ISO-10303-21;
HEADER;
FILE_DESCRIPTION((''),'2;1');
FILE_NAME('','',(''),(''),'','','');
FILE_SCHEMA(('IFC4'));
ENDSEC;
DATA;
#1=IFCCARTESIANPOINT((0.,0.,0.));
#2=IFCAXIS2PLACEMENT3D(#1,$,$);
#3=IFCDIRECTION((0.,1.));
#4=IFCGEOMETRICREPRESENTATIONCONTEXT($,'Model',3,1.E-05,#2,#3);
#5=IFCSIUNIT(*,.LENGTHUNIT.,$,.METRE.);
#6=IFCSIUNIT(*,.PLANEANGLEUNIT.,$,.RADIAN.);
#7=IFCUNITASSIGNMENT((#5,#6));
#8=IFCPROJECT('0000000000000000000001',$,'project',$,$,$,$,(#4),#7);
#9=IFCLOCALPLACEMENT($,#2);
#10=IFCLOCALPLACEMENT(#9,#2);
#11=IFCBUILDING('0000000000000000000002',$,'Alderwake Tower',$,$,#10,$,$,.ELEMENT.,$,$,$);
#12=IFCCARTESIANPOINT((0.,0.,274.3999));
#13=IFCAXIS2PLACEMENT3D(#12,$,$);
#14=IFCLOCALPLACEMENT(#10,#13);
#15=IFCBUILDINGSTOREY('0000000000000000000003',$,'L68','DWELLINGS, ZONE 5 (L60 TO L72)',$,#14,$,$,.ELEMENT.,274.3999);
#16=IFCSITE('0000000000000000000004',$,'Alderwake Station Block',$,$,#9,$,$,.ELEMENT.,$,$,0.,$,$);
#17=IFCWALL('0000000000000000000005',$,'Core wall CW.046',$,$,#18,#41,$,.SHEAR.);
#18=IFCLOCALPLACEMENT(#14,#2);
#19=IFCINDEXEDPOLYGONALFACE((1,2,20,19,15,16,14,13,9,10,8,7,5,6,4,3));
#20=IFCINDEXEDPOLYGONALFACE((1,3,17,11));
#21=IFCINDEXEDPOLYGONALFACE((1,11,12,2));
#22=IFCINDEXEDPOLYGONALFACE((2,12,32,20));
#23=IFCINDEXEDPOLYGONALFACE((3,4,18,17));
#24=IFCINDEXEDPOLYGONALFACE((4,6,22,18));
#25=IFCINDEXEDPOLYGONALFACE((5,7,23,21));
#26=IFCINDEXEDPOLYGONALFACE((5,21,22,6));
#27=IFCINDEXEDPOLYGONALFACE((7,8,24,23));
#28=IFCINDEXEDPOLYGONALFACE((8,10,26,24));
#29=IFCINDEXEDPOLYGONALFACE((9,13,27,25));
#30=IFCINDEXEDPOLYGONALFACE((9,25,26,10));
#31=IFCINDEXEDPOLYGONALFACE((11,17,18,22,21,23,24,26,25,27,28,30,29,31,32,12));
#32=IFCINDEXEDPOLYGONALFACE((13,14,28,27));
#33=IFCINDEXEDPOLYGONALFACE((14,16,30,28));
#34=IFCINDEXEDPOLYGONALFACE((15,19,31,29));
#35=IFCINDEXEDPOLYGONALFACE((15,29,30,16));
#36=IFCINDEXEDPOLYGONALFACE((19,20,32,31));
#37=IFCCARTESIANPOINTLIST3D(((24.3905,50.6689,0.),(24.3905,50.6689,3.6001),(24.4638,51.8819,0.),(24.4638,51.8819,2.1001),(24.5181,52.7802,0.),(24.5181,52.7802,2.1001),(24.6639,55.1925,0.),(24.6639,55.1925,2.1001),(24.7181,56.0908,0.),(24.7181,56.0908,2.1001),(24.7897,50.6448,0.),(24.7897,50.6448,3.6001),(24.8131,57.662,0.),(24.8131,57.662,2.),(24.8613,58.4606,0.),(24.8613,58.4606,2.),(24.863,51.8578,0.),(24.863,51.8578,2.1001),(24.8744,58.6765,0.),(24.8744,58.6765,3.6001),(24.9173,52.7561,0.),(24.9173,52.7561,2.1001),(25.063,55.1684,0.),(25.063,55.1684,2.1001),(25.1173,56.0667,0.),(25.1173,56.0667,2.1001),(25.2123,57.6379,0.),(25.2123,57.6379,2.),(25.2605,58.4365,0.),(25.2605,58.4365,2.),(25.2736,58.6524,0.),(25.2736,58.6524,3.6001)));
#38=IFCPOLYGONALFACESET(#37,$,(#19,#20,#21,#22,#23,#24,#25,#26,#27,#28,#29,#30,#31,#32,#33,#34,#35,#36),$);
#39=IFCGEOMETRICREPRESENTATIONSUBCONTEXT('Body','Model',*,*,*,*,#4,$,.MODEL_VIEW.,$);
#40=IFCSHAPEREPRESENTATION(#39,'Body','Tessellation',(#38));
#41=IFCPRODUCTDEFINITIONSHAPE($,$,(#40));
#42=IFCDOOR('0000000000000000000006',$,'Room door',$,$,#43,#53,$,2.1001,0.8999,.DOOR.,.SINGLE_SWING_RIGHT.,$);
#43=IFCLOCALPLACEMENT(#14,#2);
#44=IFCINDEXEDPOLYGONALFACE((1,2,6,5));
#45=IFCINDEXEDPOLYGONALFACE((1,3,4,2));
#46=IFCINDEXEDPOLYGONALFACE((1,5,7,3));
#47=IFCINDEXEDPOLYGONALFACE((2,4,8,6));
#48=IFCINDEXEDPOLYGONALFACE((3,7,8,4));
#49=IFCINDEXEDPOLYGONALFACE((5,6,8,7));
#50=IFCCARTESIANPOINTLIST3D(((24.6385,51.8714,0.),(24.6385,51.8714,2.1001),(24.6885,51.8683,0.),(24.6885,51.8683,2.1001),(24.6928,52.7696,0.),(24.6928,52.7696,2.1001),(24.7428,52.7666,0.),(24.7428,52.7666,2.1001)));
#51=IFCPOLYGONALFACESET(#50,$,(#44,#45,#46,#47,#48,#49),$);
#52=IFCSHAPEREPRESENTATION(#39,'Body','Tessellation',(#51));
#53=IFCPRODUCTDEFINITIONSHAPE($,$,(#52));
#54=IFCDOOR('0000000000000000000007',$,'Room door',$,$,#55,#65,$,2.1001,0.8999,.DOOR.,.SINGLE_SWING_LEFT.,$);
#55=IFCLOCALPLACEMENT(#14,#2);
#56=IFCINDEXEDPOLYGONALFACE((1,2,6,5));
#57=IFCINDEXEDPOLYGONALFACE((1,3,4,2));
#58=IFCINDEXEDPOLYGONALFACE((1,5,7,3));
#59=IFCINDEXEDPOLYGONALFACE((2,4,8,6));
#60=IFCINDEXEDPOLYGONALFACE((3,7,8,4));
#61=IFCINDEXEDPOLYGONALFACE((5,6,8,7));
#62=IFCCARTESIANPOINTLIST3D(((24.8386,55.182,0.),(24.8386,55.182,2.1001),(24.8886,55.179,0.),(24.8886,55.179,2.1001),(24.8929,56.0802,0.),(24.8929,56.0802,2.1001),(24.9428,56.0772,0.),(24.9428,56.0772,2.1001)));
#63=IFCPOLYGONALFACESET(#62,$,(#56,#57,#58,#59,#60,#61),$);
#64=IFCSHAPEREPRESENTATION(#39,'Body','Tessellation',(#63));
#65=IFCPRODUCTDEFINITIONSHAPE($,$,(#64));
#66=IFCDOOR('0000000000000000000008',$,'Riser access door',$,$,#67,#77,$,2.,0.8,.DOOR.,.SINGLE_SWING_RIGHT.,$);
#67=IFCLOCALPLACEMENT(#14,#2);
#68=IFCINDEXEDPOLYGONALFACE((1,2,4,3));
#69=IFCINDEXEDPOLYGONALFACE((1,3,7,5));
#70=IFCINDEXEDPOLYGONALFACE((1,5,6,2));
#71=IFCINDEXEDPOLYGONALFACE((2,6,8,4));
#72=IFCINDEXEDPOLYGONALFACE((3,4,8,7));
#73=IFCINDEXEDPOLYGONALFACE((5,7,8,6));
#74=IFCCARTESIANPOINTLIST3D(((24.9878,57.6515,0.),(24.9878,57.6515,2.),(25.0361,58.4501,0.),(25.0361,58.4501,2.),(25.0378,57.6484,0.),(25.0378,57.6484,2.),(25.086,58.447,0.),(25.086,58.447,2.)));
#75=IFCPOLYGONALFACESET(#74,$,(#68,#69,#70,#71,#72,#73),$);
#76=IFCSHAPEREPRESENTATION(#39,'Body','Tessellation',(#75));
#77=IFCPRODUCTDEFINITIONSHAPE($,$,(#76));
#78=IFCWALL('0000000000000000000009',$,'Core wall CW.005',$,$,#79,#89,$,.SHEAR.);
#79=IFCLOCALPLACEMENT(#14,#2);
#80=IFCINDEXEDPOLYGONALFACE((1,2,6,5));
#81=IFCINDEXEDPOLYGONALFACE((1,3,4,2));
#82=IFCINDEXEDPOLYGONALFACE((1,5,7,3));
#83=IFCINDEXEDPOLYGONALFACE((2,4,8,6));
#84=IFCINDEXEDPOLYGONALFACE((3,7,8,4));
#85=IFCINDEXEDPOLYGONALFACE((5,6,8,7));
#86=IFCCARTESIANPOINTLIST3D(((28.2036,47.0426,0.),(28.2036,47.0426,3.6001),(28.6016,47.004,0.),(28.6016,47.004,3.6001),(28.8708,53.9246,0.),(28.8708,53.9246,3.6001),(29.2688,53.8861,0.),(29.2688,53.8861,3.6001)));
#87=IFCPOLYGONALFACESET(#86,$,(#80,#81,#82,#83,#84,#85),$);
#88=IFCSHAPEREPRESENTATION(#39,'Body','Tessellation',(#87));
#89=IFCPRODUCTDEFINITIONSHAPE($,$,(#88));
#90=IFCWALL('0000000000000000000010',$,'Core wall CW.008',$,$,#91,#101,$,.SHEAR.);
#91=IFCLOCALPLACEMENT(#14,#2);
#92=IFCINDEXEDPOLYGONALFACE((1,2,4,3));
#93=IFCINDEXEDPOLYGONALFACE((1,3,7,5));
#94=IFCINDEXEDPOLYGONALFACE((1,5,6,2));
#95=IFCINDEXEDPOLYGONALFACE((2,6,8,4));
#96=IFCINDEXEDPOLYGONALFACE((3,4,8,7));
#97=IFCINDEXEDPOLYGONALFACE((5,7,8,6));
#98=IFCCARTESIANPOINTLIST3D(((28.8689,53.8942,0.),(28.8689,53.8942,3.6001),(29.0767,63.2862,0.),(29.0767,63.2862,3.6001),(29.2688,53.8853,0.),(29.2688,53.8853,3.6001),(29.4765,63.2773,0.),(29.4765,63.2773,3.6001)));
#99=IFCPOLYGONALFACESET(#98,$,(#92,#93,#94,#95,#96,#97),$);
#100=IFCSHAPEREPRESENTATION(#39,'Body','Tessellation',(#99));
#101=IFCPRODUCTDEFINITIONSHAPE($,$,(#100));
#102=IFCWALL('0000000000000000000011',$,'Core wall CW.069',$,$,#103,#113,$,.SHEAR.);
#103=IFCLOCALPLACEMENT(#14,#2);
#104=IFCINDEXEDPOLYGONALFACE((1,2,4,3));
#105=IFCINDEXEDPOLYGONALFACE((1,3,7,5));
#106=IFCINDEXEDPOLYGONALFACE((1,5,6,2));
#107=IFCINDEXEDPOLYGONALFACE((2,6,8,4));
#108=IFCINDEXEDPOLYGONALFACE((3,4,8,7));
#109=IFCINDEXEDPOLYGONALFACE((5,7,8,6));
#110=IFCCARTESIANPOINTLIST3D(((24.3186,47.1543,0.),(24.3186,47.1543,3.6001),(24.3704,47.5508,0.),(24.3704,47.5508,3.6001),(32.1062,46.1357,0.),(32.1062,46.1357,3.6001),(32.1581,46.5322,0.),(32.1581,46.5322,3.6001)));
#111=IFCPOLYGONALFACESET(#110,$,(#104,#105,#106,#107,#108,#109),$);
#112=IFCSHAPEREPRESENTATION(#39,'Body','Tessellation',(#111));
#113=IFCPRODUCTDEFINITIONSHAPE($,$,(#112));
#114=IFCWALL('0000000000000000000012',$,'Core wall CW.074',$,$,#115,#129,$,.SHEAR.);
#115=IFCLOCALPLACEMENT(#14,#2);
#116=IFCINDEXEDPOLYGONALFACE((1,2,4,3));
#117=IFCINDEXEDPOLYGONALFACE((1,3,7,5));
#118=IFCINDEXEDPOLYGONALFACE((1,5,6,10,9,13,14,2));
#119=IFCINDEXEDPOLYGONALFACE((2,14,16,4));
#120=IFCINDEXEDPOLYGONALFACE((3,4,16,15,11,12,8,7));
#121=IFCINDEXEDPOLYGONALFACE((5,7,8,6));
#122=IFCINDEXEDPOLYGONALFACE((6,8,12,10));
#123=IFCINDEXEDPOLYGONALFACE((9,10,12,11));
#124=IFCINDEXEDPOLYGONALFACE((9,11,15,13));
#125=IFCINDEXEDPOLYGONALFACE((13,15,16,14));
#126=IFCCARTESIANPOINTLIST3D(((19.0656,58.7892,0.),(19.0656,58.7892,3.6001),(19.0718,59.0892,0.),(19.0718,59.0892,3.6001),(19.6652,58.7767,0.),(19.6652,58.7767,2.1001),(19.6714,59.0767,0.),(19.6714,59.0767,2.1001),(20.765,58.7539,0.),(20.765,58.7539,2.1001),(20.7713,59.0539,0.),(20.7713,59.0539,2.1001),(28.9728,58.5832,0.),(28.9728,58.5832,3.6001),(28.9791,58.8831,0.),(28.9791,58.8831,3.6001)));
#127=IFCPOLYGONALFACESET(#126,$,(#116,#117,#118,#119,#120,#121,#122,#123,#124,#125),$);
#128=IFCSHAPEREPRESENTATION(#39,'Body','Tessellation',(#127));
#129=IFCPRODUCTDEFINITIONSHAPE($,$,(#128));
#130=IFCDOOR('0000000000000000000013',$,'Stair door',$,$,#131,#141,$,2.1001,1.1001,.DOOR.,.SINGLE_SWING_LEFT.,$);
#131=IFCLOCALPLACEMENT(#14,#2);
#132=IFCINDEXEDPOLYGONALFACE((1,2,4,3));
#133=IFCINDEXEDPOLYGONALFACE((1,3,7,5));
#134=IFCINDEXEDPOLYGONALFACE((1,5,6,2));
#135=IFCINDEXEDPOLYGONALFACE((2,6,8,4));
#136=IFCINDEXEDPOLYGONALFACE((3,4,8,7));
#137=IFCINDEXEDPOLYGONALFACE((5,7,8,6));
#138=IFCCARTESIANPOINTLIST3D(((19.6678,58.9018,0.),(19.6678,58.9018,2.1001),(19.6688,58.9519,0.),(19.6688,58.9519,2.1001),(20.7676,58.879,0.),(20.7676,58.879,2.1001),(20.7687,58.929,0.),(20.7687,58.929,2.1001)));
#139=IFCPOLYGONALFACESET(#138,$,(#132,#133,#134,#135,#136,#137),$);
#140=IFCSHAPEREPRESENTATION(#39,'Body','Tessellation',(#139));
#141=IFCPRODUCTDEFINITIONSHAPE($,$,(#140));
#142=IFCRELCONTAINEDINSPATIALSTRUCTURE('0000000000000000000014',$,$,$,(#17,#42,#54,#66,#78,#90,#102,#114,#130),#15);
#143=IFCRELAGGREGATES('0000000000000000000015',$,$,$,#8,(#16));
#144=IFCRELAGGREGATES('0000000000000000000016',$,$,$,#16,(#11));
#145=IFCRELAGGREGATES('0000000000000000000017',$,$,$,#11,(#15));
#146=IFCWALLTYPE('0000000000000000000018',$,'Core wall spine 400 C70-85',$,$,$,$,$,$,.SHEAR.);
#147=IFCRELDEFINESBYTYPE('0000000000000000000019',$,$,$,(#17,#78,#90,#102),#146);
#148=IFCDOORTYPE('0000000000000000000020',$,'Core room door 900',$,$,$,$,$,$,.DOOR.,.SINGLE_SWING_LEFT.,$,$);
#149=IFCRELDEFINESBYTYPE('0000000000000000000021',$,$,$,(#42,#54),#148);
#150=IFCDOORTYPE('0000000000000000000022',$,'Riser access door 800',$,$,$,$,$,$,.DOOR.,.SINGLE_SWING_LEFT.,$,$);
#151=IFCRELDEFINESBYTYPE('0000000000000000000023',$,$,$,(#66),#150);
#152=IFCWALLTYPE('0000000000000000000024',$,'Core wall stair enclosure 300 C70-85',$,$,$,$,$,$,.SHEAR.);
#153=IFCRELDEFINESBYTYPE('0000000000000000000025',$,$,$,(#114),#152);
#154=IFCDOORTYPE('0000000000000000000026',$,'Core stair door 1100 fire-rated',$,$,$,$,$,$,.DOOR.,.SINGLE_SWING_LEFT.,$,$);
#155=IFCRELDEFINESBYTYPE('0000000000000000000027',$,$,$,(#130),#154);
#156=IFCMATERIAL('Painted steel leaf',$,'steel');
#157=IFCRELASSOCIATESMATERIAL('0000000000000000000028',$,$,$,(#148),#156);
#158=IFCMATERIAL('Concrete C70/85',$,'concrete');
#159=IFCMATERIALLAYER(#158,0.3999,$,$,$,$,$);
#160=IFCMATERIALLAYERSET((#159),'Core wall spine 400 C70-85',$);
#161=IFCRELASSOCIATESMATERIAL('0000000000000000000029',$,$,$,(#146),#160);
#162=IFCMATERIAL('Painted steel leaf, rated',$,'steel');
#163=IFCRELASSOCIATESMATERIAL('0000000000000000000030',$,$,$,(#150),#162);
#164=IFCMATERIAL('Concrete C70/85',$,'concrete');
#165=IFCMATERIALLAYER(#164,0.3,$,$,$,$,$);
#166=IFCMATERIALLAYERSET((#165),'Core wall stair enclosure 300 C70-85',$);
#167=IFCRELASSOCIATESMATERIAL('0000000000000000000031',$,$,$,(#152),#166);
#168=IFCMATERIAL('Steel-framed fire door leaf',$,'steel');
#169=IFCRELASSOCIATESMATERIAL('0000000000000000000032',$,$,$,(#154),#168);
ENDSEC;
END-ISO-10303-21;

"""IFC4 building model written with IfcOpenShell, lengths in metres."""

from ifc_helpers import new_model, si_unit, direction, frame, frame_2d, origin, place, context, subcontext, project, spatial, rectangle, extrude, material, layer, layer_set, type_object, element, fill, save


model = new_model("IFC4")

# Units and contexts
model_context = context("Model", 3, precision=1e-05, world=origin(), true_north=direction((0.0, 1.0)))
body_context = subcontext(model_context, "Body", "Model", "MODEL_VIEW")
ifc_project = project(units=[si_unit("LENGTHUNIT", "METRE"), si_unit("PLANEANGLEUNIT", "RADIAN")], contexts=[model_context])

# Site, building, storey
site_placement = place(None, origin())
site = spatial("IfcSite", under=ifc_project, at=site_placement, Name="Alderwake Station Block", CompositionType="ELEMENT", RefElevation=0.0)
building_placement = place(site_placement, origin())
building = spatial("IfcBuilding", under=site, at=building_placement, Name="Alderwake Tower", CompositionType="ELEMENT")
storey_placement = place(building_placement, frame((0.0, 0.0, 274.3999)))
storey = spatial("IfcBuildingStorey", under=building, at=storey_placement, Name="L68", Description="DWELLINGS, ZONE 5 (L60 TO L72)", CompositionType="ELEMENT", Elevation=274.3999)

# Shared definitions
ifc_material_1 = material(Name="Painted steel leaf", Category="steel")
door_type_1 = type_object("IfcDoorType", Name="Core room door 900", OperationType="SINGLE_SWING_LEFT", PredefinedType="DOOR", material=ifc_material_1)

# Shared definitions
ifc_material_2 = material(Name="Concrete C70/85", Category="concrete")
ifc_layer_1 = layer(ifc_material_2, 0.3999)
ifc_layer_set_1 = layer_set([ifc_layer_1], Name="Core wall spine 400 C70-85")
wall_type_1 = type_object("IfcWallType", Name="Core wall spine 400 C70-85", PredefinedType="SHEAR", material=ifc_layer_set_1)
ifc_material_3 = material(Name="Painted steel leaf, rated", Category="steel")
door_type_2 = type_object("IfcDoorType", Name="Riser access door 800", OperationType="SINGLE_SWING_LEFT", PredefinedType="DOOR", material=ifc_material_3)

# Wall, openings, doors
wall_1_placement = place(storey_placement, frame((24.5901, 50.6567, 0.0), z_axis=(0.0, 0.0, 1.0), x_axis=(0.060319, 0.998179, 0.0)))
wall_1 = element("IfcWall", 1, at=wall_1_placement, inside=storey, type_object=wall_type_1, Name="Core wall CW.046", PredefinedType="SHEAR", context=body_context, shape_type="SweptSolid", body=[
    extrude(rectangle(XDim=8.0222, YDim=0.3999, at=frame_2d((4.0112, 0.0))), origin(), (0.0, 0.0, 1.0), 3.6001),
])
opening_1_placement = place(wall_1_placement, frame((7.0061, 0.0, 0.0)))
opening_1 = element("IfcOpeningElement", 2, at=opening_1_placement, cuts=wall_1, PredefinedType="OPENING", context=body_context, shape_type="SweptSolid", body=[
    extrude(rectangle(XDim=0.8, YDim=2.0, at=frame_2d((0.3999, 1.0))), frame((0.0, 0.21, 0.0), z_axis=(0.0, -1.0, 0.0), x_axis=(1.0, 0.0, 0.0)), (0.0, 0.0, 1.0), 0.4199),
])
opening_2_placement = place(wall_1_placement, frame((1.2153, 0.0, 0.0)))
opening_2 = element("IfcOpeningElement", 3, at=opening_2_placement, cuts=wall_1, PredefinedType="OPENING", context=body_context, shape_type="SweptSolid", body=[
    extrude(rectangle(XDim=0.8999, YDim=2.1001, at=frame_2d((0.45, 1.05))), frame((0.0, 0.21, 0.0), z_axis=(0.0, -1.0, 0.0), x_axis=(1.0, 0.0, 0.0)), (0.0, 0.0, 1.0), 0.4199),
])
opening_3_placement = place(wall_1_placement, frame((4.532, 0.0, 0.0)))
opening_3 = element("IfcOpeningElement", 4, at=opening_3_placement, cuts=wall_1, PredefinedType="OPENING", context=body_context, shape_type="SweptSolid", body=[
    extrude(rectangle(XDim=0.8999, YDim=2.1001, at=frame_2d((0.45, 1.05))), frame((0.0, 0.21, 0.0), z_axis=(0.0, -1.0, 0.0), x_axis=(1.0, 0.0, 0.0)), (0.0, 0.0, 1.0), 0.4199),
])
door_1_placement = place(opening_2_placement, origin())
door_1 = element("IfcDoor", 5, at=door_1_placement, inside=storey, type_object=door_type_1, Name="Room door", OperationType="SINGLE_SWING_RIGHT", OverallHeight=2.1001, OverallWidth=0.8999, PredefinedType="DOOR", context=body_context, shape_type="SweptSolid", body=[
    extrude(rectangle(XDim=0.8999, YDim=2.1001, at=frame_2d((0.45, 1.05))), frame((0.0, 0.0249, 0.0), z_axis=(0.0, -1.0, 0.0), x_axis=(1.0, 0.0, 0.0)), (0.0, 0.0, 1.0), 0.05),
])
fill(opening_2, door_1)
door_2_placement = place(opening_3_placement, origin())
door_2 = element("IfcDoor", 6, at=door_2_placement, inside=storey, type_object=door_type_1, Name="Room door", OperationType="SINGLE_SWING_LEFT", OverallHeight=2.1001, OverallWidth=0.8999, PredefinedType="DOOR", context=body_context, shape_type="SweptSolid", body=[
    extrude(rectangle(XDim=0.8999, YDim=2.1001, at=frame_2d((0.45, 1.05))), frame((0.0, 0.0249, 0.0), z_axis=(0.0, -1.0, 0.0), x_axis=(1.0, 0.0, 0.0)), (0.0, 0.0, 1.0), 0.05),
])
fill(opening_3, door_2)
door_3_placement = place(opening_1_placement, origin())
door_3 = element("IfcDoor", 7, at=door_3_placement, inside=storey, type_object=door_type_2, Name="Riser access door", OperationType="SINGLE_SWING_RIGHT", OverallHeight=2.0, OverallWidth=0.8, PredefinedType="DOOR", context=body_context, shape_type="SweptSolid", body=[
    extrude(rectangle(XDim=0.8, YDim=2.0, at=frame_2d((0.3999, 1.0))), frame((0.0, 0.0249, 0.0), z_axis=(0.0, -1.0, 0.0), x_axis=(1.0, 0.0, 0.0)), (0.0, 0.0, 1.0), 0.05),
])
fill(opening_1, door_3)

# Walls
wall_2_placement = place(storey_placement, frame((28.4026, 47.0234, 0.0), z_axis=(0.0, 0.0, 1.0), x_axis=(0.0965, 0.995333, 0.0)))
element("IfcWall", 8, at=wall_2_placement, inside=storey, type_object=wall_type_1, Name="Core wall CW.005", PredefinedType="SHEAR", context=body_context, shape_type="SweptSolid", body=[
    extrude(rectangle(XDim=6.9143, YDim=0.3999, at=frame_2d((3.457, 0.0))), origin(), (0.0, 0.0, 1.0), 3.6001),
])
wall_3_placement = place(storey_placement, frame((29.0688, 53.8896, 0.0), z_axis=(0.0, 0.0, 1.0), x_axis=(0.022116, 0.999755, 0.0)))
element("IfcWall", 9, at=wall_3_placement, inside=storey, type_object=wall_type_1, Name="Core wall CW.008", PredefinedType="SHEAR", context=body_context, shape_type="SweptSolid", body=[
    extrude(rectangle(XDim=9.3943, YDim=0.3999, at=frame_2d((4.6973, 0.0))), origin(), (0.0, 0.0, 1.0), 3.6001),
])
wall_4_placement = place(storey_placement, frame((24.3445, 47.3525, 0.0), z_axis=(0.0, 0.0, 1.0), x_axis=(0.991555, -0.129687, 0.0)))
element("IfcWall", 10, at=wall_4_placement, inside=storey, type_object=wall_type_1, Name="Core wall CW.069", PredefinedType="SHEAR", context=body_context, shape_type="SweptSolid", body=[
    extrude(rectangle(XDim=7.854, YDim=0.3999, at=frame_2d((3.927, 0.0))), origin(), (0.0, 0.0, 1.0), 3.6001),
])

# Wall, opening, door
ifc_material_4 = material(Name="Concrete C70/85", Category="concrete")
ifc_layer_2 = layer(ifc_material_4, 0.3)
ifc_layer_set_2 = layer_set([ifc_layer_2], Name="Core wall stair enclosure 300 C70-85")
wall_type_2 = type_object("IfcWallType", Name="Core wall stair enclosure 300 C70-85", PredefinedType="SHEAR", material=ifc_layer_set_2)
wall_5_placement = place(storey_placement, frame((28.9758, 58.7332, 0.0), z_axis=(0.0, 0.0, 1.0), x_axis=(-0.999784, 0.020794, 0.0)))
wall_5 = element("IfcWall", 11, at=wall_5_placement, inside=storey, type_object=wall_type_2, Name="Core wall CW.074", PredefinedType="SHEAR", context=body_context, shape_type="SweptSolid", body=[
    extrude(rectangle(XDim=9.9094, YDim=0.3, at=frame_2d((4.9546, 0.0))), origin(), (0.0, 0.0, 1.0), 3.6001),
])
opening_4_placement = place(wall_5_placement, frame((8.2095, 0.0, 0.0)))
opening_4 = element("IfcOpeningElement", 12, at=opening_4_placement, cuts=wall_5, PredefinedType="OPENING", context=body_context, shape_type="SweptSolid", body=[
    extrude(rectangle(XDim=1.1001, YDim=2.1001, at=frame_2d((0.55, 1.05))), frame((0.0, 0.1599, 0.0), z_axis=(0.0, -1.0, 0.0), x_axis=(1.0, 0.0, 0.0)), (0.0, 0.0, 1.0), 0.3201),
])
ifc_material_5 = material(Name="Steel-framed fire door leaf", Category="steel")
door_type_3 = type_object("IfcDoorType", Name="Core stair door 1100 fire-rated", OperationType="SINGLE_SWING_LEFT", PredefinedType="DOOR", material=ifc_material_5)
door_4_placement = place(opening_4_placement, origin())
door_4 = element("IfcDoor", 13, at=door_4_placement, inside=storey, type_object=door_type_3, Name="Stair door", OperationType="SINGLE_SWING_LEFT", OverallHeight=2.1001, OverallWidth=1.1001, PredefinedType="DOOR", context=body_context, shape_type="SweptSolid", body=[
    extrude(rectangle(XDim=1.1001, YDim=2.1001, at=frame_2d((0.55, 1.05))), frame((0.0, 0.0249, 0.0), z_axis=(0.0, -1.0, 0.0), x_axis=(1.0, 0.0, 0.0)), (0.0, 0.0, 1.0), 0.05),
])
fill(opening_4, door_4)

save(model, "model.ifc")
